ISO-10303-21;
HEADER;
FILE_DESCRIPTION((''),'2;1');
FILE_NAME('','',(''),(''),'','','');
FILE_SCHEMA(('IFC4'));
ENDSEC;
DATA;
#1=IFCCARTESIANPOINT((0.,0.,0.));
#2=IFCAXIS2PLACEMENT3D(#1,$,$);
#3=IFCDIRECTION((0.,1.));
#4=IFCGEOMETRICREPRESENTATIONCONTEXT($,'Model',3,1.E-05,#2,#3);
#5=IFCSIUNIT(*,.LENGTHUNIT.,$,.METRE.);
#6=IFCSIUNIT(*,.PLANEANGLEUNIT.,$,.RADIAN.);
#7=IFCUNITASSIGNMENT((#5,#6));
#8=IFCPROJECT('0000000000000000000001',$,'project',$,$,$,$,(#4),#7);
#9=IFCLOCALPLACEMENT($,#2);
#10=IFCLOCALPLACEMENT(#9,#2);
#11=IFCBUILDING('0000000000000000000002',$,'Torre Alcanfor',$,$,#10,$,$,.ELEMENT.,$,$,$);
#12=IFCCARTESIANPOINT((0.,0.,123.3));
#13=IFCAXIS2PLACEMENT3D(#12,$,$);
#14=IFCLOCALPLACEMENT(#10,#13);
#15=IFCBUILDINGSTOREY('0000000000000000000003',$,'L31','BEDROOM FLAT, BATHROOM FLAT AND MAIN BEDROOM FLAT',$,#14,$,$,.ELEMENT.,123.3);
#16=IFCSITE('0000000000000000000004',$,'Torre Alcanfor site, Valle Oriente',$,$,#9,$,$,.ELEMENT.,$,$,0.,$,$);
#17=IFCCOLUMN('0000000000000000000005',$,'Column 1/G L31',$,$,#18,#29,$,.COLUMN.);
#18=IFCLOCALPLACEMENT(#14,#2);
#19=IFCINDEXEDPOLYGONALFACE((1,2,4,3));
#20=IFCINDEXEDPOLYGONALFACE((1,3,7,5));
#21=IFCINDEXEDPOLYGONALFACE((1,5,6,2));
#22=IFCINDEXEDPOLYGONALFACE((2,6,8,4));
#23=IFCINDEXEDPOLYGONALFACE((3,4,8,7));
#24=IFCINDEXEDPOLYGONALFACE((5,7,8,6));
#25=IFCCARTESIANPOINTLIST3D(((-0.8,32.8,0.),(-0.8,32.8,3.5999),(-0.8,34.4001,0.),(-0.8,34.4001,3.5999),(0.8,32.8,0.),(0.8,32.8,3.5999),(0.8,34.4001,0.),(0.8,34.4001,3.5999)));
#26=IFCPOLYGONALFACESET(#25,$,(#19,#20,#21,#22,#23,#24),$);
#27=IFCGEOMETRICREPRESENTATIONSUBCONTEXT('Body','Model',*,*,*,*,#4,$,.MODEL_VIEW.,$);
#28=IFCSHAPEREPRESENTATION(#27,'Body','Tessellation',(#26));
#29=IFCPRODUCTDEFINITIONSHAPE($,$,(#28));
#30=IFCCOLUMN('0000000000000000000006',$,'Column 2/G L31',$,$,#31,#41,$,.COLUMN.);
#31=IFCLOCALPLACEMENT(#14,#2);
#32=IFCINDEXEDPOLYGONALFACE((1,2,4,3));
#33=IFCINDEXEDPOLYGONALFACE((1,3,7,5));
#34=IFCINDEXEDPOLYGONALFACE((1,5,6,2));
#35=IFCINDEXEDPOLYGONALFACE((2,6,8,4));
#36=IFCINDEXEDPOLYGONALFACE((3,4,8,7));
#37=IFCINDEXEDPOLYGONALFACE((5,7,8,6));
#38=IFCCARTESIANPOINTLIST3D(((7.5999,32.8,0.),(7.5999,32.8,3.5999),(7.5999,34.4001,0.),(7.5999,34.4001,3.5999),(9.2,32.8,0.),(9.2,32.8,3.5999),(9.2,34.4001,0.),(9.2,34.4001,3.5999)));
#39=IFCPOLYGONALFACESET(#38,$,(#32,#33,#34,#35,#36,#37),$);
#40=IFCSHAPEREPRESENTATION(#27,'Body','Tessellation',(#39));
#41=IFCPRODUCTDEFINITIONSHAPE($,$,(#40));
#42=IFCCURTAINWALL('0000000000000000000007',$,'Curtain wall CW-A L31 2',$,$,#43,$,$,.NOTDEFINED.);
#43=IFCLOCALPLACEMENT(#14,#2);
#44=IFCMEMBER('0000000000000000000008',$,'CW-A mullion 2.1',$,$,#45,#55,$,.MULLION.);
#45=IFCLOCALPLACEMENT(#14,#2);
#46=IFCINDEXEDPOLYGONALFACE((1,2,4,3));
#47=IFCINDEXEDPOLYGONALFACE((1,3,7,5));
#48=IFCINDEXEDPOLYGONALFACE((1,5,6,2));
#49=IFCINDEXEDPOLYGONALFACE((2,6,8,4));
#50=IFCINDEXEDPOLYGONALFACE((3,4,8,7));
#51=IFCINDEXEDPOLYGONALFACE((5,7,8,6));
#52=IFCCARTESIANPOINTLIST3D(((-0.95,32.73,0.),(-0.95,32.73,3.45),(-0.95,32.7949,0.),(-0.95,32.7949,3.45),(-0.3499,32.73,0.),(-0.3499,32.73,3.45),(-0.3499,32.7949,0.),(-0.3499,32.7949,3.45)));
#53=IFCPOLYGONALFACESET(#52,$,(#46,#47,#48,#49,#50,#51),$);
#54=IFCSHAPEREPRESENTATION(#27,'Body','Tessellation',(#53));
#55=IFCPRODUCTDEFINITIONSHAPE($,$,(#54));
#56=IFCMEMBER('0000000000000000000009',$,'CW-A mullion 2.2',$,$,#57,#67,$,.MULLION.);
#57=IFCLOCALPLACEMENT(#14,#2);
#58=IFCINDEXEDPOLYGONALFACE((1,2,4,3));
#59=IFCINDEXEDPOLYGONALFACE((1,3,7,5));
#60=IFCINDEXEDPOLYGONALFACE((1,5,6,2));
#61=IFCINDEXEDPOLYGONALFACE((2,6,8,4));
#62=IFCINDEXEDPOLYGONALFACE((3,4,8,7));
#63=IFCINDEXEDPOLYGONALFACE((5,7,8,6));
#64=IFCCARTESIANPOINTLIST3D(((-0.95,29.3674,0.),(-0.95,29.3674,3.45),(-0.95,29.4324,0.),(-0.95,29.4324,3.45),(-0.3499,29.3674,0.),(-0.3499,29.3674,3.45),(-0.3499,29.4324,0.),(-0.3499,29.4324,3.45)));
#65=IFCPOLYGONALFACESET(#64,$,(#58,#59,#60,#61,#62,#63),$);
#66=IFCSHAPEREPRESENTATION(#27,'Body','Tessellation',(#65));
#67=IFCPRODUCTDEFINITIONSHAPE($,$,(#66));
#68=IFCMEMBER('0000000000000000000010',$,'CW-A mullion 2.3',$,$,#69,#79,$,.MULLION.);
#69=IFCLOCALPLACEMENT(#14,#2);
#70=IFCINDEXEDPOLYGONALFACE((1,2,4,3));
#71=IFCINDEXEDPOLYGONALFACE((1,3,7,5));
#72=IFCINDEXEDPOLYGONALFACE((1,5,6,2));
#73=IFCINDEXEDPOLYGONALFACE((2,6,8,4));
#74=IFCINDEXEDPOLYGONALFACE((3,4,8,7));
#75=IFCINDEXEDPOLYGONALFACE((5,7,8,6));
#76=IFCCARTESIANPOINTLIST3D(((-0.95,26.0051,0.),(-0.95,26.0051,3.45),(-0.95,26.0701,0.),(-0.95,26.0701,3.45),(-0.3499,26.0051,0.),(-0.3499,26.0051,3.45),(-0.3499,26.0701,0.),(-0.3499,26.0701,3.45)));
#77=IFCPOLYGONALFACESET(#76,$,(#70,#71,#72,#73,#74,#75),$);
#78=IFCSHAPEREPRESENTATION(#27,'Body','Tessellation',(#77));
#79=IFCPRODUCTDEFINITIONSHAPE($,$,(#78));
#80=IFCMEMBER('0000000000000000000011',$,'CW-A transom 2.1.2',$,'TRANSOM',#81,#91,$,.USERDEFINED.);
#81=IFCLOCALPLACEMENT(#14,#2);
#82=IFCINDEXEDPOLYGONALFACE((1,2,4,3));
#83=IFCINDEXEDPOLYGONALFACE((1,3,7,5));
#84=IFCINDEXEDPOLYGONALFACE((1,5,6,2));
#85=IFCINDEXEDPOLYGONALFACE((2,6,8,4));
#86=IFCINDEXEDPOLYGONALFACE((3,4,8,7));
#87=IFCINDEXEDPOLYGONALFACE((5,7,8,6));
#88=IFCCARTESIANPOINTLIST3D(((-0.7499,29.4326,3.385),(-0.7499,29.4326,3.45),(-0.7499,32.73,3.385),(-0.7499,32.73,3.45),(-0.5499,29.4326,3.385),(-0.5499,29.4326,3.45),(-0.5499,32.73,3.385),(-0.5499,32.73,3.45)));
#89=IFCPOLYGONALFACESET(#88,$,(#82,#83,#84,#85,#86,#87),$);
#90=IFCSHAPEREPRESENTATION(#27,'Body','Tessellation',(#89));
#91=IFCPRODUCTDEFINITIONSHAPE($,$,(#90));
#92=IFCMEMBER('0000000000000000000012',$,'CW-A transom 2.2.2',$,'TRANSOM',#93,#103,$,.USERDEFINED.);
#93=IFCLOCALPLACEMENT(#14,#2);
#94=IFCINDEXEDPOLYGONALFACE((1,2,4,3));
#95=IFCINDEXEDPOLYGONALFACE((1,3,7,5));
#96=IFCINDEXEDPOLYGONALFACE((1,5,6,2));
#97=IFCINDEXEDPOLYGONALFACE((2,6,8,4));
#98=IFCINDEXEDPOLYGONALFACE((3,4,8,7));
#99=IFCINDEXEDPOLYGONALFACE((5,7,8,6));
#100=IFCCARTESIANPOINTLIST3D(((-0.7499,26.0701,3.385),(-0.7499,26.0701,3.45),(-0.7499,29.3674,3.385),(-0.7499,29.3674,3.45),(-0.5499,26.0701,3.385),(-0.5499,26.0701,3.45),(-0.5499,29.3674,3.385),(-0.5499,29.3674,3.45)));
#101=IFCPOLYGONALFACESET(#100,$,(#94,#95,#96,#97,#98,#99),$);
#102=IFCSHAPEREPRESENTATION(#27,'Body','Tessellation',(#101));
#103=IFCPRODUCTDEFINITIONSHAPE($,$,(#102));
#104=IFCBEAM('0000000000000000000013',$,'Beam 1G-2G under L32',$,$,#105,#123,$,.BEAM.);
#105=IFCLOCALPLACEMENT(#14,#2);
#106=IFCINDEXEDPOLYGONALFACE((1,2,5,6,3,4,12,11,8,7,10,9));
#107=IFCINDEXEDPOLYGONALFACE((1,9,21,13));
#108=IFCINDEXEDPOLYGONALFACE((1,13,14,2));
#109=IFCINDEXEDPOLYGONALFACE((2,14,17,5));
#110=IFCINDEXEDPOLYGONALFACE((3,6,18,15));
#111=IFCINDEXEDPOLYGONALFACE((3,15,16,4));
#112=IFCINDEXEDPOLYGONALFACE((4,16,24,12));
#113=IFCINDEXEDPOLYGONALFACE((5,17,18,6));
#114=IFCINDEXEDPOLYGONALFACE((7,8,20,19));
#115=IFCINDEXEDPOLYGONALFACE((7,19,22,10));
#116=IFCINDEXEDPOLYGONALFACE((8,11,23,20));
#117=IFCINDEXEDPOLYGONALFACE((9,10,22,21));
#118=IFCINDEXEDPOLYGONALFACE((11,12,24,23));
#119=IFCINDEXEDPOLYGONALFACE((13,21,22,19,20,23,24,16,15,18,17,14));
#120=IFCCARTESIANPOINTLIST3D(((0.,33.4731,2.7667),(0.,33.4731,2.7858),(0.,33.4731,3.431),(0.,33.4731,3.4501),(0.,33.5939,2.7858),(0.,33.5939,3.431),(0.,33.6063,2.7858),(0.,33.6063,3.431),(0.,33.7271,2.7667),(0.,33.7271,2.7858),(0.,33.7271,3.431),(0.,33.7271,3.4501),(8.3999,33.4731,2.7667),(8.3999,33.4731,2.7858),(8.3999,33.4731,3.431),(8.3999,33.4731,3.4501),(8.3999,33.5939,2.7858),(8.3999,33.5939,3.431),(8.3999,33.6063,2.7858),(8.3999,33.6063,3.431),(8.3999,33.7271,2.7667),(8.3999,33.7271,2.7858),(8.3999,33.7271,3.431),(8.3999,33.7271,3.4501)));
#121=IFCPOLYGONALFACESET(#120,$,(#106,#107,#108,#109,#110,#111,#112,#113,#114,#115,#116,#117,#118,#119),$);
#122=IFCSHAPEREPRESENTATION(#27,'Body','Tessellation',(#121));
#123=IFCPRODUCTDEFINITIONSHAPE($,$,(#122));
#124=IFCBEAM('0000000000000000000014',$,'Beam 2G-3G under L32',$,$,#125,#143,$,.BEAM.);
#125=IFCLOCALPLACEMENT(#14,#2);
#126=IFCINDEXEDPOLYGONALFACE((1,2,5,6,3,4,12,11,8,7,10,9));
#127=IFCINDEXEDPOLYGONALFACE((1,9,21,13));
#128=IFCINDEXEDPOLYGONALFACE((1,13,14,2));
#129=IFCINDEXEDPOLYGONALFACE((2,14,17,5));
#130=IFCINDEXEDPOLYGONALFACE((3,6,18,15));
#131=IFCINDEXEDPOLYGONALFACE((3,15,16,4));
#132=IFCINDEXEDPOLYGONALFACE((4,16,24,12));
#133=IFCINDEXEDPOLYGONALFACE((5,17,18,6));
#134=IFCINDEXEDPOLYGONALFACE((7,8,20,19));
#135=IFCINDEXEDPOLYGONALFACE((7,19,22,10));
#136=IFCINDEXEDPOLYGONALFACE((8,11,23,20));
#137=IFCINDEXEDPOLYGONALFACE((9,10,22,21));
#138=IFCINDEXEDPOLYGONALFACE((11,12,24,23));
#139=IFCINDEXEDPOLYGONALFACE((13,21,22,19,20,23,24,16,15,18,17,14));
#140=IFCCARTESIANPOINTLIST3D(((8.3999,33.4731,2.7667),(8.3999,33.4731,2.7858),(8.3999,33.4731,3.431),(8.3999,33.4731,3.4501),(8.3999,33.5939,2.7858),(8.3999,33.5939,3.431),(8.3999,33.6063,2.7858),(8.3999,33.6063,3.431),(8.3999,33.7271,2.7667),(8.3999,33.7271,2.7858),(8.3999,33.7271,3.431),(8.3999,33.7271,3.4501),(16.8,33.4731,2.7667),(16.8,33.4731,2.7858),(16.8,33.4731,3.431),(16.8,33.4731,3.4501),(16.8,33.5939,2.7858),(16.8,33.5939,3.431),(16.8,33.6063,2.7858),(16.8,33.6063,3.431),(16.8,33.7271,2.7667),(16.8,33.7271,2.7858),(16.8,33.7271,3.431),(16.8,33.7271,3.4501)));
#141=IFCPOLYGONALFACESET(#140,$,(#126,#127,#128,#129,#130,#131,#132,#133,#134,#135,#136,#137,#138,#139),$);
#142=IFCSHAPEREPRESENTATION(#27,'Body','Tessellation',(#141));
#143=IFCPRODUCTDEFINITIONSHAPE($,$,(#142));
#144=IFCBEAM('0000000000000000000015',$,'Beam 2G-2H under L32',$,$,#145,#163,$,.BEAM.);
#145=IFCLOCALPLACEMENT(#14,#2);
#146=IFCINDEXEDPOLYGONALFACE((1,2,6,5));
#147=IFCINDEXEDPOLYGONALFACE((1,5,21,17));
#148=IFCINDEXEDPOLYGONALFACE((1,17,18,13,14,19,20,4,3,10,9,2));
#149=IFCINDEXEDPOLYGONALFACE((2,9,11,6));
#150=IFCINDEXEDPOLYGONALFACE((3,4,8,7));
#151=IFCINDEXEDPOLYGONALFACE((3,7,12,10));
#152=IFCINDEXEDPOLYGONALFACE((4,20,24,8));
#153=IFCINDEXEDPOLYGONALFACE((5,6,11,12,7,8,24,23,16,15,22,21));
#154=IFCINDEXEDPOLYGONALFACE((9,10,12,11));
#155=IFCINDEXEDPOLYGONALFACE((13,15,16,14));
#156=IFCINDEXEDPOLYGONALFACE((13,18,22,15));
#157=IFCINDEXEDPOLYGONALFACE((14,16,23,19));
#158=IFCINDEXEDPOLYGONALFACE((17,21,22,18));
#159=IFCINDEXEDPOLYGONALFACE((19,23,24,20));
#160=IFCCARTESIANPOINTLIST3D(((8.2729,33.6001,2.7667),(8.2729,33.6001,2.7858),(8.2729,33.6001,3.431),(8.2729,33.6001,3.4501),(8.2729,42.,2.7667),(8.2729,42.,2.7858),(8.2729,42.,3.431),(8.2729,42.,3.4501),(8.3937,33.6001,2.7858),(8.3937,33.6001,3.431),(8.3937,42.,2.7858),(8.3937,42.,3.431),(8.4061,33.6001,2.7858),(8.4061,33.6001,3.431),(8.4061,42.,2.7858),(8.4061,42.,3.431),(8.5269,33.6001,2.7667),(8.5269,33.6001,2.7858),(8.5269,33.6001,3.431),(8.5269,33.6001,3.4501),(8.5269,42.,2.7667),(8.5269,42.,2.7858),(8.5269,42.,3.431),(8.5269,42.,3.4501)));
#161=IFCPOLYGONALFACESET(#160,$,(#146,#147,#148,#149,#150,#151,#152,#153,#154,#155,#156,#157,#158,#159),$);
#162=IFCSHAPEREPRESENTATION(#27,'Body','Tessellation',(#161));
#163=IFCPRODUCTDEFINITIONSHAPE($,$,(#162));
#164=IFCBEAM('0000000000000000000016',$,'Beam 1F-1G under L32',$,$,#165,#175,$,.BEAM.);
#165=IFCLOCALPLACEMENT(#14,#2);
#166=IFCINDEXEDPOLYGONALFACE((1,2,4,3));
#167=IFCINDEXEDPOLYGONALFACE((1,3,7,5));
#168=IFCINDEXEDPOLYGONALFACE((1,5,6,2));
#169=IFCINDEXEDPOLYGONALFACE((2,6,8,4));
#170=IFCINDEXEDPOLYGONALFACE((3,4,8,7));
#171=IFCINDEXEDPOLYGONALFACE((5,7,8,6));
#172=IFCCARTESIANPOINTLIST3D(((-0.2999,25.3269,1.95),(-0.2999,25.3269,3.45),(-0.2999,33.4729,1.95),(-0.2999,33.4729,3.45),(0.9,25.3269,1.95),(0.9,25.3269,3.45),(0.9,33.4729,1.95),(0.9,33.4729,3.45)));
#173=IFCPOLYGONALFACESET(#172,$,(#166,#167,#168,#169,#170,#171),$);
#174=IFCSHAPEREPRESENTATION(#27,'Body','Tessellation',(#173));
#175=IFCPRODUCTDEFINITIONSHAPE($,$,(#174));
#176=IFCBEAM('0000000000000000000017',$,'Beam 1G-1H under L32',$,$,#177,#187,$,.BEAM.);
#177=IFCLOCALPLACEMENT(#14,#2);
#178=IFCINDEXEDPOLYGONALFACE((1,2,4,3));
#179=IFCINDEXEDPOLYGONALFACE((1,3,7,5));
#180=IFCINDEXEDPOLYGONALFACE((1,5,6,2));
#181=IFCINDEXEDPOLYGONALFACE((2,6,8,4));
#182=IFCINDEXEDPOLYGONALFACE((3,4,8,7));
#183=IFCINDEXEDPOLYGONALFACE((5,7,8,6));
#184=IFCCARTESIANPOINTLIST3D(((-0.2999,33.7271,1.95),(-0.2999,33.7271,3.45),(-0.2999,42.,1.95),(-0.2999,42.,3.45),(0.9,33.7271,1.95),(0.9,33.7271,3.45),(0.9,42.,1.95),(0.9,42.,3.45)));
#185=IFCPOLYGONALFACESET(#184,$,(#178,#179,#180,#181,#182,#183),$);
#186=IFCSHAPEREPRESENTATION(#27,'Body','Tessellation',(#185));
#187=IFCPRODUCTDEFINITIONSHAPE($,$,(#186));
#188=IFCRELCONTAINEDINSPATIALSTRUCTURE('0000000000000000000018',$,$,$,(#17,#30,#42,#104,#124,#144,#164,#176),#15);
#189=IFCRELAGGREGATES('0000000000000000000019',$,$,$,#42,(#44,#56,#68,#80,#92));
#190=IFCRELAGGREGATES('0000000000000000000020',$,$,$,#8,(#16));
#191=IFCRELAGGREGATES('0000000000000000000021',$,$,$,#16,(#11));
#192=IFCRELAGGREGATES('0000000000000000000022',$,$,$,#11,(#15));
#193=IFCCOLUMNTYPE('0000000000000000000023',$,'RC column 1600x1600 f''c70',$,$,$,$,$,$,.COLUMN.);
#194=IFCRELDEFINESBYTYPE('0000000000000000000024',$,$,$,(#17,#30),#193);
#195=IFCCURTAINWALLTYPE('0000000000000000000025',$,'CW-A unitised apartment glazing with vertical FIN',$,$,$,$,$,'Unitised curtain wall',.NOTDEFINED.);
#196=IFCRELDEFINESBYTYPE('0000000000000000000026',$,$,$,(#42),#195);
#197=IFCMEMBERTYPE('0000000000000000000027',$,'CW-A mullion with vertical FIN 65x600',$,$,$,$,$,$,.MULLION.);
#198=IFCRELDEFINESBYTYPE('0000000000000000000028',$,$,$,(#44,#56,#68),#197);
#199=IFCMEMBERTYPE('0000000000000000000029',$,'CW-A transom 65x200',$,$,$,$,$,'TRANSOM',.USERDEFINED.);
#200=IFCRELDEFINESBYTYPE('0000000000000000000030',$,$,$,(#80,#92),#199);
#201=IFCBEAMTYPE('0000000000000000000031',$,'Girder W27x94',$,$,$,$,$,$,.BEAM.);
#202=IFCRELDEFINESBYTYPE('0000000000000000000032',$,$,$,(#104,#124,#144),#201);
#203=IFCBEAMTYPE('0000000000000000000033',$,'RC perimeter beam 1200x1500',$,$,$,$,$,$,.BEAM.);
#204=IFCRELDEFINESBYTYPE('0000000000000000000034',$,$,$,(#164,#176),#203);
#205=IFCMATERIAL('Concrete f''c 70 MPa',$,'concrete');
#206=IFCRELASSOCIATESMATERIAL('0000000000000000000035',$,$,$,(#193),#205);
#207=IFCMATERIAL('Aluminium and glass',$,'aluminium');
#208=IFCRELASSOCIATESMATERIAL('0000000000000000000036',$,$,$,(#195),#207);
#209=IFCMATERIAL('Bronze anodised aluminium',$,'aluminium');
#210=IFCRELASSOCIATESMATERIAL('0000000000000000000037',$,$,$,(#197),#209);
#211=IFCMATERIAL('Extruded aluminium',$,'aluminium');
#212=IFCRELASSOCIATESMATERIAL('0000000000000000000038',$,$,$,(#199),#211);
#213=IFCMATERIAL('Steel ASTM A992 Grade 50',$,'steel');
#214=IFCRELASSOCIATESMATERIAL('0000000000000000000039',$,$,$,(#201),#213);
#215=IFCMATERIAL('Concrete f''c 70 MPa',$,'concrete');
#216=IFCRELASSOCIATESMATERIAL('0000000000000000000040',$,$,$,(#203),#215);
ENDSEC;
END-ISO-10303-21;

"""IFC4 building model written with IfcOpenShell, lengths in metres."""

from ifc_helpers import new_model, si_unit, direction, frame, origin, origin_2d, place, context, subcontext, project, spatial, rectangle, i_section, extrude, material, material_profile, profile_set, type_object, element, aggregate, save


model = new_model("IFC4")

# Units and contexts
model_context = context("Model", 3, precision=1e-05, world=origin(), true_north=direction((0.0, 1.0)))
body_context = subcontext(model_context, "Body", "Model", "MODEL_VIEW")
ifc_project = project(units=[si_unit("LENGTHUNIT", "METRE"), si_unit("PLANEANGLEUNIT", "RADIAN")], contexts=[model_context])

# Site, building, storey
site_placement = place(None, origin())
site = spatial("IfcSite", under=ifc_project, at=site_placement, Name="Torre Alcanfor site, Valle Oriente", CompositionType="ELEMENT", RefElevation=0.0)
building_placement = place(site_placement, origin())
building = spatial("IfcBuilding", under=site, at=building_placement, Name="Torre Alcanfor", CompositionType="ELEMENT")
storey_placement = place(building_placement, frame((0.0, 0.0, 123.3)))
storey = spatial("IfcBuildingStorey", under=building, at=storey_placement, Name="L31", Description="BEDROOM FLAT, BATHROOM FLAT AND MAIN BEDROOM FLAT", CompositionType="ELEMENT", Elevation=123.3)

# Columns
ifc_material_1 = material(Name="Concrete f'c 70 MPa", Category="concrete")
ifc_material_profile_1 = material_profile(ifc_material_1, rectangle(XDim=1.6001, YDim=1.6001, at=origin_2d()), Name="1600x1600")
ifc_profile_set_1 = profile_set([ifc_material_profile_1], Name="Concrete f'c 70 MPa")
column_type = type_object("IfcColumnType", Name="RC column 1600x1600 f'c70", PredefinedType="COLUMN", material=ifc_profile_set_1)
for number, where, z_axis, x_axis, name in (
    (1, (0.0, 33.6001, 0.0), (0.0, 0.0, 1.0), (1.0, 0.0, 0.0), "Column 1/G L31"),
    (2, (8.3999, 33.6001, 0.0), (0.0, 0.0, 1.0), (1.0, 0.0, 0.0), "Column 2/G L31"),
):
    element("IfcColumn", number, at=place(storey_placement, frame(where, z_axis=z_axis, x_axis=x_axis)), inside=storey, type_object=column_type, Name=name, PredefinedType="COLUMN", context=body_context, shape_type="SweptSolid", body=[
        extrude(rectangle(XDim=1.6001, YDim=1.6001, at=origin_2d()), origin(), (0.0, 0.0, 1.0), 3.5999),
    ])

# Curtain wall, members
ifc_material_2 = material(Name="Aluminium and glass", Category="aluminium")
curtain_wall_type = type_object("IfcCurtainWallType", Name="CW-A unitised apartment glazing with vertical FIN", ElementType="Unitised curtain wall", PredefinedType="NOTDEFINED", material=ifc_material_2)
curtain_wall_placement = place(storey_placement, origin())
curtain_wall = element("IfcCurtainWall", 3, at=curtain_wall_placement, inside=storey, type_object=curtain_wall_type, Name="Curtain wall CW-A L31 2", PredefinedType="NOTDEFINED")
ifc_material_3 = material(Name="Bronze anodised aluminium", Category="aluminium")
ifc_material_profile_2 = material_profile(ifc_material_3, rectangle(XDim=0.6001, YDim=0.0649, at=origin_2d()), Name="CW-A mullion 65x600")
ifc_profile_set_2 = profile_set([ifc_material_profile_2], Name="Bronze anodised aluminium")
member_type_1 = type_object("IfcMemberType", Name="CW-A mullion with vertical FIN 65x600", PredefinedType="MULLION", material=ifc_profile_set_2)
member_1_placement = place(storey_placement, frame((-0.6499, 32.7625, 0.0), z_axis=(0.0, 0.0, 1.0), x_axis=(1.0, 0.0, 0.0)))
member_1 = element("IfcMember", 4, at=member_1_placement, type_object=member_type_1, Name="CW-A mullion 2.1", PredefinedType="MULLION", context=body_context, shape_type="SweptSolid", body=[
    extrude(rectangle(XDim=0.6001, YDim=0.0649, at=origin_2d()), origin(), (0.0, 0.0, 1.0), 3.45),
])
member_2_placement = place(storey_placement, frame((-0.6499, 29.3999, 0.0), z_axis=(0.0, 0.0, 1.0), x_axis=(1.0, 0.0, 0.0)))
member_2 = element("IfcMember", 5, at=member_2_placement, type_object=member_type_1, Name="CW-A mullion 2.2", PredefinedType="MULLION", context=body_context, shape_type="SweptSolid", body=[
    extrude(rectangle(XDim=0.6001, YDim=0.0649, at=origin_2d()), origin(), (0.0, 0.0, 1.0), 3.45),
])
member_3_placement = place(storey_placement, frame((-0.6499, 26.0376, 0.0), z_axis=(0.0, 0.0, 1.0), x_axis=(1.0, 0.0, 0.0)))
member_3 = element("IfcMember", 6, at=member_3_placement, type_object=member_type_1, Name="CW-A mullion 2.3", PredefinedType="MULLION", context=body_context, shape_type="SweptSolid", body=[
    extrude(rectangle(XDim=0.6001, YDim=0.0649, at=origin_2d()), origin(), (0.0, 0.0, 1.0), 3.45),
])
ifc_material_4 = material(Name="Extruded aluminium", Category="aluminium")
ifc_material_profile_3 = material_profile(ifc_material_4, rectangle(XDim=0.2, YDim=0.0649, at=origin_2d()), Name="CW-A transom 200x65")
ifc_profile_set_3 = profile_set([ifc_material_profile_3], Name="Extruded aluminium")
member_type_2 = type_object("IfcMemberType", Name="CW-A transom 65x200", ElementType="TRANSOM", PredefinedType="USERDEFINED", material=ifc_profile_set_3)
member_4_placement = place(storey_placement, frame((-0.6499, 32.73, 3.4175), z_axis=(0.0, -1.0, 0.0), x_axis=(1.0, 0.0, 0.0)))
member_4 = element("IfcMember", 7, at=member_4_placement, type_object=member_type_2, Name="CW-A transom 2.1.2", ObjectType="TRANSOM", PredefinedType="USERDEFINED", context=body_context, shape_type="SweptSolid", body=[
    extrude(rectangle(XDim=0.2, YDim=0.0649, at=origin_2d()), origin(), (0.0, 0.0, 1.0), 3.2974),
])
member_5_placement = place(storey_placement, frame((-0.6499, 29.3674, 3.4175), z_axis=(0.0, -1.0, 0.0), x_axis=(1.0, 0.0, 0.0)))
member_5 = element("IfcMember", 8, at=member_5_placement, type_object=member_type_2, Name="CW-A transom 2.2.2", ObjectType="TRANSOM", PredefinedType="USERDEFINED", context=body_context, shape_type="SweptSolid", body=[
    extrude(rectangle(XDim=0.2, YDim=0.0649, at=origin_2d()), origin(), (0.0, 0.0, 1.0), 3.2974),
])

# Beams
ifc_material_5 = material(Name="Steel ASTM A992 Grade 50", Category="steel")
ifc_material_profile_4 = material_profile(ifc_material_5, i_section(OverallWidth=0.2539, OverallDepth=0.6833, WebThickness=0.0125, FlangeThickness=0.019, at=origin_2d()), Name="W27x94")
ifc_profile_set_4 = profile_set([ifc_material_profile_4], Name="Steel ASTM A992 Grade 50")
beam_type_1 = type_object("IfcBeamType", Name="Girder W27x94", PredefinedType="BEAM", material=ifc_profile_set_4)
beam_1_placement = place(storey_placement, frame((0.0, 33.6001, 3.1084), z_axis=(1.0, 0.0, 0.0), x_axis=(0.0, 1.0, 0.0)))
element("IfcBeam", 9, at=beam_1_placement, inside=storey, type_object=beam_type_1, Name="Beam 1G-2G under L32", PredefinedType="BEAM", context=body_context, shape_type="SweptSolid", body=[
    extrude(i_section(OverallWidth=0.2539, OverallDepth=0.6833, WebThickness=0.0125, FlangeThickness=0.019, at=origin_2d()), origin(), (0.0, 0.0, 1.0), 8.3999),
])
beam_2_placement = place(storey_placement, frame((8.3999, 33.6001, 3.1084), z_axis=(1.0, 0.0, 0.0), x_axis=(0.0, 1.0, 0.0)))
element("IfcBeam", 10, at=beam_2_placement, inside=storey, type_object=beam_type_1, Name="Beam 2G-3G under L32", PredefinedType="BEAM", context=body_context, shape_type="SweptSolid", body=[
    extrude(i_section(OverallWidth=0.2539, OverallDepth=0.6833, WebThickness=0.0125, FlangeThickness=0.019, at=origin_2d()), origin(), (0.0, 0.0, 1.0), 8.4001),
])
beam_3_placement = place(storey_placement, frame((8.3999, 33.6001, 3.1084), z_axis=(0.0, 1.0, 0.0), x_axis=(-1.0, 0.0, 0.0)))
element("IfcBeam", 11, at=beam_3_placement, inside=storey, type_object=beam_type_1, Name="Beam 2G-2H under L32", PredefinedType="BEAM", context=body_context, shape_type="SweptSolid", body=[
    extrude(i_section(OverallWidth=0.2539, OverallDepth=0.6833, WebThickness=0.0125, FlangeThickness=0.019, at=origin_2d()), origin(), (0.0, 0.0, 1.0), 8.3999),
])
ifc_material_6 = material(Name="Concrete f'c 70 MPa", Category="concrete")
ifc_material_profile_5 = material_profile(ifc_material_6, rectangle(XDim=1.2, YDim=1.5, at=origin_2d()), Name="1200x1500")
ifc_profile_set_5 = profile_set([ifc_material_profile_5], Name="Concrete f'c 70 MPa")
beam_type_2 = type_object("IfcBeamType", Name="RC perimeter beam 1200x1500", PredefinedType="BEAM", material=ifc_profile_set_5)
beam_4_placement = place(storey_placement, frame((0.3, 25.3269, 2.7), z_axis=(0.0, 1.0, 0.0), x_axis=(-1.0, 0.0, 0.0)))
element("IfcBeam", 12, at=beam_4_placement, inside=storey, type_object=beam_type_2, Name="Beam 1F-1G under L32", PredefinedType="BEAM", context=body_context, shape_type="SweptSolid", body=[
    extrude(rectangle(XDim=1.2, YDim=1.5, at=origin_2d()), origin(), (0.0, 0.0, 1.0), 8.146),
])
beam_5_placement = place(storey_placement, frame((0.3, 33.7271, 2.7), z_axis=(0.0, 1.0, 0.0), x_axis=(-1.0, 0.0, 0.0)))
element("IfcBeam", 13, at=beam_5_placement, inside=storey, type_object=beam_type_2, Name="Beam 1G-1H under L32", PredefinedType="BEAM", context=body_context, shape_type="SweptSolid", body=[
    extrude(rectangle(XDim=1.2, YDim=1.5, at=origin_2d()), origin(), (0.0, 0.0, 1.0), 8.2729),
])

aggregate(curtain_wall, [member_1, member_2, member_3, member_4, member_5])

save(model, "model.ifc")
